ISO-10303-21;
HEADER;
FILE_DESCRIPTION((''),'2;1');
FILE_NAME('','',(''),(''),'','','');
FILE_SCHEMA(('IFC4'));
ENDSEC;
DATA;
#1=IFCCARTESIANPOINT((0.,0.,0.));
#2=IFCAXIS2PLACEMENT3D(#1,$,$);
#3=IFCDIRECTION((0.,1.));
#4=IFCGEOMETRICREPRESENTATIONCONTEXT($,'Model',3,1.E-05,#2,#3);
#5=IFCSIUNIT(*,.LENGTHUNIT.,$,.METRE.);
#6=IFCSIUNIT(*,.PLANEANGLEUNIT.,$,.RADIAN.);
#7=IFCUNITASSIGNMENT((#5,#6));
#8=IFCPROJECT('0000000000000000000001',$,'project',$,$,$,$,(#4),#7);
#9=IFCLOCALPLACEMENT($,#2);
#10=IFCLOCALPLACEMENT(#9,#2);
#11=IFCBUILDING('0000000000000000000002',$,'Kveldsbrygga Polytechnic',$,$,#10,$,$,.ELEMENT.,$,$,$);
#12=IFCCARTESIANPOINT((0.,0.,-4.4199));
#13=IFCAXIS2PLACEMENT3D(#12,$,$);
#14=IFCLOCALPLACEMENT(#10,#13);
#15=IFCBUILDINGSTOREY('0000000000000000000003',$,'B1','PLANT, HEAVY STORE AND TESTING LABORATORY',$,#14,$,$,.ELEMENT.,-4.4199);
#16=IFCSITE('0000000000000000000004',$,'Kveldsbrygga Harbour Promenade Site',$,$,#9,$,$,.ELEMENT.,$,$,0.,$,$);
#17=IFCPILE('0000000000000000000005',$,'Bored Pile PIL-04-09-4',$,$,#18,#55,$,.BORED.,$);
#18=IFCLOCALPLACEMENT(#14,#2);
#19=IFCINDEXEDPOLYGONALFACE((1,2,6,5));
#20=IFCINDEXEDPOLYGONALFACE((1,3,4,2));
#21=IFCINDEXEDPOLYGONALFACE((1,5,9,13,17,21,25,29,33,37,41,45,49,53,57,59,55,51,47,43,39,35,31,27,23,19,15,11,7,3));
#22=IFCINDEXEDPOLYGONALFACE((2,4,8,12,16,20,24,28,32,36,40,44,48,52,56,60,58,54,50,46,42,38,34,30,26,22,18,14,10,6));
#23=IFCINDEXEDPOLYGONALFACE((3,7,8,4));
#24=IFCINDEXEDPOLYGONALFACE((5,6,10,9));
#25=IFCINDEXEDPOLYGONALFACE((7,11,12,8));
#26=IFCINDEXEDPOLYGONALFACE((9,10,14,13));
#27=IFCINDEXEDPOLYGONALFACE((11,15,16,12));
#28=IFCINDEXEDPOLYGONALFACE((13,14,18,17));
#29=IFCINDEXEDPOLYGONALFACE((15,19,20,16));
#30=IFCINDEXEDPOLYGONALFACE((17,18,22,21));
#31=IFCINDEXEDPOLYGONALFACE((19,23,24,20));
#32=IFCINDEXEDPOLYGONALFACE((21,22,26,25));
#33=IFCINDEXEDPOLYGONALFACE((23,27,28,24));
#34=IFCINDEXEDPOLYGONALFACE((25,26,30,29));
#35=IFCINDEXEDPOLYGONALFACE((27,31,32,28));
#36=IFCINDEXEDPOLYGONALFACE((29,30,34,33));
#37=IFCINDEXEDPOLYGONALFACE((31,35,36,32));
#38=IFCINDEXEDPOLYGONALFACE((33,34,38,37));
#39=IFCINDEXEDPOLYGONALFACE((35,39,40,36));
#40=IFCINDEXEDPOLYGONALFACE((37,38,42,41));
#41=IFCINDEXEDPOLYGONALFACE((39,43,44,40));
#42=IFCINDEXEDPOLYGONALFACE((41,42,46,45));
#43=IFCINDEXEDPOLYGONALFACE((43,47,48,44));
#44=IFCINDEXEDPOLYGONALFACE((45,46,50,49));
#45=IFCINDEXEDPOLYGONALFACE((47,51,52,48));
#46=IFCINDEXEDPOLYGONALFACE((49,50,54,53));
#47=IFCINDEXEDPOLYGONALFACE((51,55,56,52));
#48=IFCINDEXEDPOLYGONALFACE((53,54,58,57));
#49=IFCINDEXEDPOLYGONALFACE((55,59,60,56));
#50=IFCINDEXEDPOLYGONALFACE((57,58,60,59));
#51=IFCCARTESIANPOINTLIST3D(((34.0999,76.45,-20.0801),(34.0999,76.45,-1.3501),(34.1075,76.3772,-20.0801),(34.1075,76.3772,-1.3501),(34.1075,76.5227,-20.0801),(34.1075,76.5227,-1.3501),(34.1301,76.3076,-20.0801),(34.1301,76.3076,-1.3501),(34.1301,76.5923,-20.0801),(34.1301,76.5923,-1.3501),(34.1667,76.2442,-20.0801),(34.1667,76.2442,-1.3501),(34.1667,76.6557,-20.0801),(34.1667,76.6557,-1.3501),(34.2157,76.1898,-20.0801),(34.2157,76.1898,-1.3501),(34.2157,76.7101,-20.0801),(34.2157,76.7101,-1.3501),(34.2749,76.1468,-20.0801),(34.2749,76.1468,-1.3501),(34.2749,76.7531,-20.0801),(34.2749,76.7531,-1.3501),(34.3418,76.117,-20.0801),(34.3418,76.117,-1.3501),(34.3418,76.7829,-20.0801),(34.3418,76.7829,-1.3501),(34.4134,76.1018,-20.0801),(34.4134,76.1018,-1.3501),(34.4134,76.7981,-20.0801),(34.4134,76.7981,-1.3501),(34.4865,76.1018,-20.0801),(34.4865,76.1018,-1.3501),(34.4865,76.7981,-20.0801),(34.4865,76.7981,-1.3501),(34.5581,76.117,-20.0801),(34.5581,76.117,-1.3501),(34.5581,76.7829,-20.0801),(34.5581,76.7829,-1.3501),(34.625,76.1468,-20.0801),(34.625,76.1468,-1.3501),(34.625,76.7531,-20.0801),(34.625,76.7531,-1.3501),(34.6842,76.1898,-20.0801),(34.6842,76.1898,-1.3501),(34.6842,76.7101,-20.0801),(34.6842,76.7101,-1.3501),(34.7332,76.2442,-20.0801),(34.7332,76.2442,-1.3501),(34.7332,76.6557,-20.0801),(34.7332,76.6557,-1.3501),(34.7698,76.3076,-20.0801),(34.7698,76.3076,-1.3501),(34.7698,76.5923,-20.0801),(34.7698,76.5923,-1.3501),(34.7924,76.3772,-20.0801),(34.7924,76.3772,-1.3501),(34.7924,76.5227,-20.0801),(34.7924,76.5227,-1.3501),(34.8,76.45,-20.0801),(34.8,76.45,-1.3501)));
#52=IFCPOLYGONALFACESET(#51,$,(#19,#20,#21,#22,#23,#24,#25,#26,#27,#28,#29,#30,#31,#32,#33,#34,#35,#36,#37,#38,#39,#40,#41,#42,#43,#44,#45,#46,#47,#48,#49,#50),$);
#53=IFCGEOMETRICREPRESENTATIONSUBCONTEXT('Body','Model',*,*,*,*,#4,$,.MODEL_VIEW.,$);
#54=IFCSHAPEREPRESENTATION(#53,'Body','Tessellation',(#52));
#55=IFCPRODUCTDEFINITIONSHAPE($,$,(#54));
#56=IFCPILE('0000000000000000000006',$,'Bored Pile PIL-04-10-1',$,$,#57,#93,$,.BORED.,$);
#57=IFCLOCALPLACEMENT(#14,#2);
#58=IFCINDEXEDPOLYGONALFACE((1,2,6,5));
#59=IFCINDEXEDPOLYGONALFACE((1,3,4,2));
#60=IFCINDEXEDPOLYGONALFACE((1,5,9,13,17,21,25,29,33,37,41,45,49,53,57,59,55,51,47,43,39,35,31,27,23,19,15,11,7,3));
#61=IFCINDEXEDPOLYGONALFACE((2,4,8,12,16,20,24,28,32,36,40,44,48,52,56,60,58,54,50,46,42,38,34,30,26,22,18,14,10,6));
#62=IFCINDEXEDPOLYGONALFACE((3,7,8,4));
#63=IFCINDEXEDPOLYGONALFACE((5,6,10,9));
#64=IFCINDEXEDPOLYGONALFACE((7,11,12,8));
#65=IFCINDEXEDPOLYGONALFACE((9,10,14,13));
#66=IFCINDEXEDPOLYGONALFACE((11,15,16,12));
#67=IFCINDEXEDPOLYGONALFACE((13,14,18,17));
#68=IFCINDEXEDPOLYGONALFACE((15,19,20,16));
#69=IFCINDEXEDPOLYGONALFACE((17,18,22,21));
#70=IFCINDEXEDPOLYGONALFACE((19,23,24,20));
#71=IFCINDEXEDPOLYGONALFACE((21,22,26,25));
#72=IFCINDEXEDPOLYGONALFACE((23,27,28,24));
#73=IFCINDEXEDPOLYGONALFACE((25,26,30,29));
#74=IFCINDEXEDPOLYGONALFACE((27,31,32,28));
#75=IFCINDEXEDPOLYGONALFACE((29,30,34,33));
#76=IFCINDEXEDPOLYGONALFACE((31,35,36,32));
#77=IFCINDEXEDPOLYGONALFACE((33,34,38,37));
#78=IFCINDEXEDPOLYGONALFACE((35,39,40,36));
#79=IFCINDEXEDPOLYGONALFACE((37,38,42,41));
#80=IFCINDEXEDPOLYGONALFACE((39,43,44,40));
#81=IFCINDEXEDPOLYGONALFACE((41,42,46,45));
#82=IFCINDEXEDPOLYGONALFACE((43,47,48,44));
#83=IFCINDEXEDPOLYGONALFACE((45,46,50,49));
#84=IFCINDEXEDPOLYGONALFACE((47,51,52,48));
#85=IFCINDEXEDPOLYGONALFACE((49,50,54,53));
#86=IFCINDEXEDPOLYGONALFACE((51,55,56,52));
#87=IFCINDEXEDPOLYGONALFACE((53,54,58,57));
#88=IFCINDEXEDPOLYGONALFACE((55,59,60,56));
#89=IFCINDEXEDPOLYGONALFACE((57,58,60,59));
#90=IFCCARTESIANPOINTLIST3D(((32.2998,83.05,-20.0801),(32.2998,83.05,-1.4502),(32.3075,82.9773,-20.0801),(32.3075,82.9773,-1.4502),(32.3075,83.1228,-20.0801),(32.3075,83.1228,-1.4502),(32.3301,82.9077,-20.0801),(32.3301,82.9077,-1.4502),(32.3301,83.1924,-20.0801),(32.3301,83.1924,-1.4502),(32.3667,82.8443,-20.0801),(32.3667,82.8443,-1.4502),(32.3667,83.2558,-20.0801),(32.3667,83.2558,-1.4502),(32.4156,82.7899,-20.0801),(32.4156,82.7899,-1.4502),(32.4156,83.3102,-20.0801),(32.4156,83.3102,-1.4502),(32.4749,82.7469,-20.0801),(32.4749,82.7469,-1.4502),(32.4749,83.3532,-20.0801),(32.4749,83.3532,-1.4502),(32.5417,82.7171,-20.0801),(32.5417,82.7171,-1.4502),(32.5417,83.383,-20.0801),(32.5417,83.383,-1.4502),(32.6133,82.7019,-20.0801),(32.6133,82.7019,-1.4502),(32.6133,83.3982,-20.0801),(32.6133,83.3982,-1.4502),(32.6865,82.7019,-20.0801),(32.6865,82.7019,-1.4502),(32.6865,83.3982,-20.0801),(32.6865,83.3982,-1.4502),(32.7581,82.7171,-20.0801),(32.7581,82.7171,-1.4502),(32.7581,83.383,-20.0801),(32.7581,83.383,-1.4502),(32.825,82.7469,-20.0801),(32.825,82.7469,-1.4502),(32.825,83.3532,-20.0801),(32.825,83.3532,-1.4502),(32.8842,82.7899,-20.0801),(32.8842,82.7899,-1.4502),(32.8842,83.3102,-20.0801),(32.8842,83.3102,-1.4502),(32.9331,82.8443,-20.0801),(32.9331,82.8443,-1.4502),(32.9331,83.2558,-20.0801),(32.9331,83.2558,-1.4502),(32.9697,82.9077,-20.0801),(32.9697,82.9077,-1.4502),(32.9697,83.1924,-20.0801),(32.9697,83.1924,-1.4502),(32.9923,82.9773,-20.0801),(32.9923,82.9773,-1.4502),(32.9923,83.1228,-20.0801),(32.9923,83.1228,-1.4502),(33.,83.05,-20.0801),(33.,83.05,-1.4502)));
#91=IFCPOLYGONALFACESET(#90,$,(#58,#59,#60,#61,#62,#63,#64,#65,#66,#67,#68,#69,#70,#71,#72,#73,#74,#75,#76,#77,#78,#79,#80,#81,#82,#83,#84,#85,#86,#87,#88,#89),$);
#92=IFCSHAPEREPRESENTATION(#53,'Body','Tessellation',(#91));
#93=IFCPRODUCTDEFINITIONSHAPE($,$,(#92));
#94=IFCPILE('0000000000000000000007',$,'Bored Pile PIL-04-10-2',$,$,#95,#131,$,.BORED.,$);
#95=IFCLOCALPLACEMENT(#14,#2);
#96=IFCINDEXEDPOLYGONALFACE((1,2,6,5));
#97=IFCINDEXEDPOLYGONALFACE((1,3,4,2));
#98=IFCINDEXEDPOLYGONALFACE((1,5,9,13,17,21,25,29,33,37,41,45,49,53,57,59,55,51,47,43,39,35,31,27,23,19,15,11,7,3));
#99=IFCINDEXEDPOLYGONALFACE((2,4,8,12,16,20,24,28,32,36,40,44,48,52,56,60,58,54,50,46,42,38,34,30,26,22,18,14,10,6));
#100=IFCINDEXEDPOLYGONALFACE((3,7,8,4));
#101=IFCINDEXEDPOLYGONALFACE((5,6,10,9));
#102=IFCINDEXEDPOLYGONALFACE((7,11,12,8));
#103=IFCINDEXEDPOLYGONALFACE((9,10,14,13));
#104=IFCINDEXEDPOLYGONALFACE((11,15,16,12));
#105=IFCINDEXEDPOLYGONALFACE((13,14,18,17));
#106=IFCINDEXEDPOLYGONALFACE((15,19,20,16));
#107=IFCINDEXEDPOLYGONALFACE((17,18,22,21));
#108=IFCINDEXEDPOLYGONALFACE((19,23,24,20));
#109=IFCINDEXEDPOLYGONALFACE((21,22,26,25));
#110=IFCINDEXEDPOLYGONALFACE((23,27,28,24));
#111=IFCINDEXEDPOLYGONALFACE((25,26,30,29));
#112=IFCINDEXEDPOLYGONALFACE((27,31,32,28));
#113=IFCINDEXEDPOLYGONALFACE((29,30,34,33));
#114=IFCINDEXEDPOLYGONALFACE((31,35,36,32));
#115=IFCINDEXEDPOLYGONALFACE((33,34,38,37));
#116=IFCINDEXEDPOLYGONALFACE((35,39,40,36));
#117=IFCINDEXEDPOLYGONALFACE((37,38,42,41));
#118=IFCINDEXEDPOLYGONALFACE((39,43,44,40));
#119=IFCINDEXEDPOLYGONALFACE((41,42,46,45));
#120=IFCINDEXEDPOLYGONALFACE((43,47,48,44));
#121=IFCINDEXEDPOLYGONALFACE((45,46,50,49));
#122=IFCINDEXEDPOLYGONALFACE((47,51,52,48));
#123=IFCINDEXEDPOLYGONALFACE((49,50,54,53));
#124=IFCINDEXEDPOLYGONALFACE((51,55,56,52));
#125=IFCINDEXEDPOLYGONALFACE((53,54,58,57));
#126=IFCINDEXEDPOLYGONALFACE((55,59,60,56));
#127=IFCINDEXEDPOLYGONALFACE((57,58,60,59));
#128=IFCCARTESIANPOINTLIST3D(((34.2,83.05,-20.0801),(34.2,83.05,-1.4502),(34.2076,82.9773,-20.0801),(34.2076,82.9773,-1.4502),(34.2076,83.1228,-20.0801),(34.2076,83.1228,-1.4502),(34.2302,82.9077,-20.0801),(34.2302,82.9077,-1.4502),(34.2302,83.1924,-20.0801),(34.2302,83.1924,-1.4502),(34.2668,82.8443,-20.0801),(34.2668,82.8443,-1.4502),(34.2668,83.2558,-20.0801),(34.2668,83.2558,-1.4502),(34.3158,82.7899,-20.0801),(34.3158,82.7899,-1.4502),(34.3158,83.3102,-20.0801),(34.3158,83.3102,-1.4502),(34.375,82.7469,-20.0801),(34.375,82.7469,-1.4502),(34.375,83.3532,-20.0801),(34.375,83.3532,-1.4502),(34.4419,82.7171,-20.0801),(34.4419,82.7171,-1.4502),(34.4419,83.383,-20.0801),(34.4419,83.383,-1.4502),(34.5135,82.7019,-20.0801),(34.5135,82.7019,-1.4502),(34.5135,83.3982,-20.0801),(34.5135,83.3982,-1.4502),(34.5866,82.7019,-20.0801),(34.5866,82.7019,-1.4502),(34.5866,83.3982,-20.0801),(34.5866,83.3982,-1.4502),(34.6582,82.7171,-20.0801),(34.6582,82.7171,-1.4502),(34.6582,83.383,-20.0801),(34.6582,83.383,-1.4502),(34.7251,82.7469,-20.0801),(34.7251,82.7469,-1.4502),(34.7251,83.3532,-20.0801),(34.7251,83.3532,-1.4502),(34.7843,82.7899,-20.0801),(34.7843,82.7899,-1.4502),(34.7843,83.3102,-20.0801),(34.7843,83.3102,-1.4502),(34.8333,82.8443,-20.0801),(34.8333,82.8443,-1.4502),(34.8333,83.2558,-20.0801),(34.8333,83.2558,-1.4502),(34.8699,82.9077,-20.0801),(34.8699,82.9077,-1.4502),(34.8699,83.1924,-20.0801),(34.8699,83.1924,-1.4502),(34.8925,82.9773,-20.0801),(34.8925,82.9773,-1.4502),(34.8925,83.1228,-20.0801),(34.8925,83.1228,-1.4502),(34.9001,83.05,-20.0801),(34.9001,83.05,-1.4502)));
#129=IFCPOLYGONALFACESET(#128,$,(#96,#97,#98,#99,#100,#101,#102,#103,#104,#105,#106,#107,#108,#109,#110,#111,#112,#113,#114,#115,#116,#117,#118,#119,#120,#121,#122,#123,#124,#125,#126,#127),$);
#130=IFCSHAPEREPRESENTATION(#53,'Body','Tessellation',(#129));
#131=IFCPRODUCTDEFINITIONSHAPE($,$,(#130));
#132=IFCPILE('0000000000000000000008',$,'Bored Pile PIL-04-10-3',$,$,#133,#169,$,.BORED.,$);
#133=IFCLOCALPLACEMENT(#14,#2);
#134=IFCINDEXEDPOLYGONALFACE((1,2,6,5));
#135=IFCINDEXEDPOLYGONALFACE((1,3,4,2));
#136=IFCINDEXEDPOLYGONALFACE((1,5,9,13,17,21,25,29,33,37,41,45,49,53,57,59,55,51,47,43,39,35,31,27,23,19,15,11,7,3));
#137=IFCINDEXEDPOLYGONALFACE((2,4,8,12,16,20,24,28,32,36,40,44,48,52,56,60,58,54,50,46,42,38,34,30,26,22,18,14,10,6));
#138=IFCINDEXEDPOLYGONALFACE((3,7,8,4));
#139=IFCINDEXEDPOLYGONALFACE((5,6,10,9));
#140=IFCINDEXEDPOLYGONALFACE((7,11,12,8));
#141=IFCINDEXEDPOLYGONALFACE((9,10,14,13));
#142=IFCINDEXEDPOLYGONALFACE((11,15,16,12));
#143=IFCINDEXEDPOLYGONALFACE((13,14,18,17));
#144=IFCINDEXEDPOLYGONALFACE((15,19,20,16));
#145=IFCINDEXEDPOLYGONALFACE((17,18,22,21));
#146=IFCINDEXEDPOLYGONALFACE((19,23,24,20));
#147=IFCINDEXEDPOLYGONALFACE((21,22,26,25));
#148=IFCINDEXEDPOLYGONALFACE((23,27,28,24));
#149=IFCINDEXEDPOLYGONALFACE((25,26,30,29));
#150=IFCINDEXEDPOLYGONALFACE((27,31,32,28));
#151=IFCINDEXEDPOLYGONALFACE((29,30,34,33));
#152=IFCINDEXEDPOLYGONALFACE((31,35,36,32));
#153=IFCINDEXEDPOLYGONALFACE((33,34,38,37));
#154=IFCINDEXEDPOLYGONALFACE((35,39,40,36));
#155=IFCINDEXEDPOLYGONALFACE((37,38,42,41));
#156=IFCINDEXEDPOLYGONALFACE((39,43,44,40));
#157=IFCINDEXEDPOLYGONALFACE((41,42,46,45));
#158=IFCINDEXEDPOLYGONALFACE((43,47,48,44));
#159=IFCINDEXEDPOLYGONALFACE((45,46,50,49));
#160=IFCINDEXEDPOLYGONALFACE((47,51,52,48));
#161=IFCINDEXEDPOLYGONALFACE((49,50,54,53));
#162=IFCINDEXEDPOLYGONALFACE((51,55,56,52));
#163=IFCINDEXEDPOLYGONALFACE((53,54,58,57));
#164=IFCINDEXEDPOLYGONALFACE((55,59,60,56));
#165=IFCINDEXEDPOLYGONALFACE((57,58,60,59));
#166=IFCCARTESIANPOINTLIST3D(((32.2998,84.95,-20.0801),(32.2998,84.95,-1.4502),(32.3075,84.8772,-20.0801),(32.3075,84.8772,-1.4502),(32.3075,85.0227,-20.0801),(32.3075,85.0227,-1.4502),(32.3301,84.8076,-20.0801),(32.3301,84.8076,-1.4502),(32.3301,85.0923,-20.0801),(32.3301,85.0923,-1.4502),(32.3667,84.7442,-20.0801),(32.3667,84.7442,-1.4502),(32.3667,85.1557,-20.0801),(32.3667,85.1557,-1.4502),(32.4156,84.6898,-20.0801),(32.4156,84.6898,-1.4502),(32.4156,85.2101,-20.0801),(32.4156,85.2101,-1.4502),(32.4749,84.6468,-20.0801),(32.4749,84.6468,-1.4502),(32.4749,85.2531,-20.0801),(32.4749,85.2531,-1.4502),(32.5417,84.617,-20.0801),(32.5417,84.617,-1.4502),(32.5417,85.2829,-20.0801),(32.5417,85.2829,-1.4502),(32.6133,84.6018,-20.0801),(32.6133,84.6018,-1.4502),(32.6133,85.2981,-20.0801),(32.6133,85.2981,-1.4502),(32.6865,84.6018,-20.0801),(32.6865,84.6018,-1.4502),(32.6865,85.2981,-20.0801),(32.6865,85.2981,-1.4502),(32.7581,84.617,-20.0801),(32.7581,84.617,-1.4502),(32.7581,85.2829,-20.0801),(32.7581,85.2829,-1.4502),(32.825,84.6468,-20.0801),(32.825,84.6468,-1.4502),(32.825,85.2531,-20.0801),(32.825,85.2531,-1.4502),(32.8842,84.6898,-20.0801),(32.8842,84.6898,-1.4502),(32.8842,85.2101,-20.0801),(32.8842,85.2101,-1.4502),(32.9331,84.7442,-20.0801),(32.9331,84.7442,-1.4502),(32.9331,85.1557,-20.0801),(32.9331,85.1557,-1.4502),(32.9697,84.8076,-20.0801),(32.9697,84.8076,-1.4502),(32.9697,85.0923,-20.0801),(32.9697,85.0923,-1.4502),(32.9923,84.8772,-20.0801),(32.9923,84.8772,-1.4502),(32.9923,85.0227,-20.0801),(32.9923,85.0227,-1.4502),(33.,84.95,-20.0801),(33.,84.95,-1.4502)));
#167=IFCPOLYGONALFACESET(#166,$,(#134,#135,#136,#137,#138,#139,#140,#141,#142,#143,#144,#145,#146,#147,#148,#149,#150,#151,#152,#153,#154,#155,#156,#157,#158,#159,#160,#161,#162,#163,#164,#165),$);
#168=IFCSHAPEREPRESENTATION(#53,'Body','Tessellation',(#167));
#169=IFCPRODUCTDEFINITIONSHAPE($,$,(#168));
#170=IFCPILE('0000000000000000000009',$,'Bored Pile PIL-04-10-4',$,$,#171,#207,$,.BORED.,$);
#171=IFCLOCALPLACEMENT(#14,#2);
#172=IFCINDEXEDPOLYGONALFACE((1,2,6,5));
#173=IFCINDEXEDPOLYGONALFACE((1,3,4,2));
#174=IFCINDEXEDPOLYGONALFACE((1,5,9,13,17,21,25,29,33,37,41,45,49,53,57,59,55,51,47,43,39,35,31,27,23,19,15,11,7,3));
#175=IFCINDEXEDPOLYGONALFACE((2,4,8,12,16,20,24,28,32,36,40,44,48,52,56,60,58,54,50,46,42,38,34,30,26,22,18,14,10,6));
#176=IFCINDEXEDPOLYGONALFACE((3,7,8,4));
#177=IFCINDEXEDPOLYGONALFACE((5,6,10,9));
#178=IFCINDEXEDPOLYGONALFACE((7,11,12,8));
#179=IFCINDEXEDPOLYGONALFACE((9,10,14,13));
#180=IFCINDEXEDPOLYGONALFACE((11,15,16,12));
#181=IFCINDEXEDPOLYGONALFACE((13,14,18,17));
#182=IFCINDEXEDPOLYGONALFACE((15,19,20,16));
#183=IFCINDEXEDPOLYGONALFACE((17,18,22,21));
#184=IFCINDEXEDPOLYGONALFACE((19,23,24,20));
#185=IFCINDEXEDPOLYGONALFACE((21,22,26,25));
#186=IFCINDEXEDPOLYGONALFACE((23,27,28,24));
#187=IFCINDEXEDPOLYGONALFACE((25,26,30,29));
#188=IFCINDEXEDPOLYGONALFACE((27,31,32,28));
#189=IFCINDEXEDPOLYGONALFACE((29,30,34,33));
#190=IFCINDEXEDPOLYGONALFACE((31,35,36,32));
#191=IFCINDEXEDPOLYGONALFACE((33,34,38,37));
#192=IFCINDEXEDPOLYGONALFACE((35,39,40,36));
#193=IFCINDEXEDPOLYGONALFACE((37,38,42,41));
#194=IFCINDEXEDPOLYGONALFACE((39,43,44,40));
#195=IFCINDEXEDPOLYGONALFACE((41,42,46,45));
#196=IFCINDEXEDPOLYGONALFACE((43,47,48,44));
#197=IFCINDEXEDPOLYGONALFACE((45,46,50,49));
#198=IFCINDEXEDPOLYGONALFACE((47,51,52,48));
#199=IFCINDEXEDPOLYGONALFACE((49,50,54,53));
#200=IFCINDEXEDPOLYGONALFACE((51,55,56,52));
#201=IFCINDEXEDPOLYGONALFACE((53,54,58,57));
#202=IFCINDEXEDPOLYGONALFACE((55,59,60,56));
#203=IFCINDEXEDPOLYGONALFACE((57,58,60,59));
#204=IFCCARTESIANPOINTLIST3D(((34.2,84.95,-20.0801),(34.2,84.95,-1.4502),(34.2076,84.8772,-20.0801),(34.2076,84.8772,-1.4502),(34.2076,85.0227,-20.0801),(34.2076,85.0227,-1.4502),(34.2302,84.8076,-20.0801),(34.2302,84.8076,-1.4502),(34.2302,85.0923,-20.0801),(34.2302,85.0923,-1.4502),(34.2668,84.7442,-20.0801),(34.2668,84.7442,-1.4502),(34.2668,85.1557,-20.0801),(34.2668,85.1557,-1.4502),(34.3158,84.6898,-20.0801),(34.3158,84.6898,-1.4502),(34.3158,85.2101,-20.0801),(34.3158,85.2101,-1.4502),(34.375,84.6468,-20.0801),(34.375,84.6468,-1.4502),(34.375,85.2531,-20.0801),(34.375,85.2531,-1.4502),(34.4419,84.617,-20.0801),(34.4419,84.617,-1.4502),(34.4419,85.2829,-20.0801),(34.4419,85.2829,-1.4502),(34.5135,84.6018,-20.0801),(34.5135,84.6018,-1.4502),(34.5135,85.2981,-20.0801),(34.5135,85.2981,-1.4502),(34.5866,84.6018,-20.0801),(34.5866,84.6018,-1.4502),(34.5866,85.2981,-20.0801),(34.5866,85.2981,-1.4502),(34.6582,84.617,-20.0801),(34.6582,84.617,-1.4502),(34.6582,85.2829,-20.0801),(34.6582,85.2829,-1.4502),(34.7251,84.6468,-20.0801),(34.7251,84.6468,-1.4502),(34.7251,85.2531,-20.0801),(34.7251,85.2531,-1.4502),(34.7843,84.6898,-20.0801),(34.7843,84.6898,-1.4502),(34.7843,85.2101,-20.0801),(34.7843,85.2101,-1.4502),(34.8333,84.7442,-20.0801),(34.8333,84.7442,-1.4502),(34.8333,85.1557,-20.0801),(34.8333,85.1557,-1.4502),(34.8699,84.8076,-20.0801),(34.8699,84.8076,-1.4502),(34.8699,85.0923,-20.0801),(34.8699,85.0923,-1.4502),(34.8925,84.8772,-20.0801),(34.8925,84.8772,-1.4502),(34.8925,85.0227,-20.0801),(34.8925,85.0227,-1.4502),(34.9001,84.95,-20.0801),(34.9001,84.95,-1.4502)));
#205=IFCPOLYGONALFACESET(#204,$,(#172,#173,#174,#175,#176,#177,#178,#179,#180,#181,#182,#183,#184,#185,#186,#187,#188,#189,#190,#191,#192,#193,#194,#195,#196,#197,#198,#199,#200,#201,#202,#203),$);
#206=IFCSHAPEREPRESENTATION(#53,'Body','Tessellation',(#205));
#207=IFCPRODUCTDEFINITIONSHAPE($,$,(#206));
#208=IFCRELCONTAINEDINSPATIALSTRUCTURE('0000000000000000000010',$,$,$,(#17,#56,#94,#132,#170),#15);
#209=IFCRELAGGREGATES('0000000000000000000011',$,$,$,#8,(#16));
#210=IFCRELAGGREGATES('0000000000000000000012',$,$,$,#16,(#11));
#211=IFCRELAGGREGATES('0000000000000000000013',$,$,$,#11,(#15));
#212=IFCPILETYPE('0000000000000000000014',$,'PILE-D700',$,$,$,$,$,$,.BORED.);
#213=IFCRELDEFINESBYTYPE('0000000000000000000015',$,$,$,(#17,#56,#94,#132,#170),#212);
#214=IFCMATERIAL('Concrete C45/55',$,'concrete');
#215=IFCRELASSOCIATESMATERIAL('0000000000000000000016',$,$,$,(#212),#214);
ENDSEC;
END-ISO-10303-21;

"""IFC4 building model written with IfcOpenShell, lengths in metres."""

from ifc_helpers import new_model, si_unit, direction, frame, origin, origin_2d, place, context, subcontext, project, spatial, circle, extrude, material, material_profile, profile_set, type_object, element, save


model = new_model("IFC4")

# Units and contexts
model_context = context("Model", 3, precision=1e-05, world=origin(), true_north=direction((0.0, 1.0)))
body_context = subcontext(model_context, "Body", "Model", "MODEL_VIEW")
ifc_project = project(units=[si_unit("LENGTHUNIT", "METRE"), si_unit("PLANEANGLEUNIT", "RADIAN")], contexts=[model_context])

# Site, building, storey
site_placement = place(None, origin())
site = spatial("IfcSite", under=ifc_project, at=site_placement, Name="Kveldsbrygga Harbour Promenade Site", CompositionType="ELEMENT", RefElevation=0.0)
building_placement = place(site_placement, origin())
building = spatial("IfcBuilding", under=site, at=building_placement, Name="Kveldsbrygga Polytechnic", CompositionType="ELEMENT")
storey_placement = place(building_placement, frame((0.0, 0.0, -4.4199)))
storey = spatial("IfcBuildingStorey", under=building, at=storey_placement, Name="B1", Description="PLANT, HEAVY STORE AND TESTING LABORATORY", CompositionType="ELEMENT", Elevation=-4.4199)

# Shared definitions
ifc_material_1 = material(Name="Concrete C45/55", Category="concrete")

# Piles
ifc_material_profile_1 = material_profile(ifc_material_1, circle(Radius=0.3501, at=origin_2d()), Name="PILE D700")
ifc_profile_set_1 = profile_set([ifc_material_profile_1], Name="Concrete C45/55")
pile_type_1 = type_object("IfcPileType", Name="PILE-D700", PredefinedType="BORED", material=ifc_profile_set_1)
for number, where, z_axis, x_axis, name in (
    (1, (34.45, 76.45, -1.3501), (0.0, 0.0, -1.0), (1.0, 0.0, 0.0), "Bored Pile PIL-04-09-4"),
):
    element("IfcPile", number, at=place(storey_placement, frame(where, z_axis=z_axis, x_axis=x_axis)), inside=storey, type_object=pile_type_1, Name=name, PredefinedType="BORED", context=body_context, shape_type="SweptSolid", body=[
        extrude(circle(Radius=0.3501, at=origin_2d()), origin(), (0.0, 0.0, 1.0), 18.73),
    ])
for number, where, z_axis, x_axis, name in (
    (2, (32.6499, 83.05, -1.4502), (0.0, 0.0, -1.0), (1.0, 0.0, 0.0), "Bored Pile PIL-04-10-1"),
    (3, (34.55, 83.05, -1.4502), (0.0, 0.0, -1.0), (1.0, 0.0, 0.0), "Bored Pile PIL-04-10-2"),
    (4, (32.6499, 84.95, -1.4502), (0.0, 0.0, -1.0), (1.0, 0.0, 0.0), "Bored Pile PIL-04-10-3"),
    (5, (34.55, 84.95, -1.4502), (0.0, 0.0, -1.0), (1.0, 0.0, 0.0), "Bored Pile PIL-04-10-4"),
):
    element("IfcPile", number, at=place(storey_placement, frame(where, z_axis=z_axis, x_axis=x_axis)), inside=storey, type_object=pile_type_1, Name=name, PredefinedType="BORED", context=body_context, shape_type="SweptSolid", body=[
        extrude(circle(Radius=0.3501, at=origin_2d()), origin(), (0.0, 0.0, 1.0), 18.6299),
    ])

save(model, "model.ifc")
